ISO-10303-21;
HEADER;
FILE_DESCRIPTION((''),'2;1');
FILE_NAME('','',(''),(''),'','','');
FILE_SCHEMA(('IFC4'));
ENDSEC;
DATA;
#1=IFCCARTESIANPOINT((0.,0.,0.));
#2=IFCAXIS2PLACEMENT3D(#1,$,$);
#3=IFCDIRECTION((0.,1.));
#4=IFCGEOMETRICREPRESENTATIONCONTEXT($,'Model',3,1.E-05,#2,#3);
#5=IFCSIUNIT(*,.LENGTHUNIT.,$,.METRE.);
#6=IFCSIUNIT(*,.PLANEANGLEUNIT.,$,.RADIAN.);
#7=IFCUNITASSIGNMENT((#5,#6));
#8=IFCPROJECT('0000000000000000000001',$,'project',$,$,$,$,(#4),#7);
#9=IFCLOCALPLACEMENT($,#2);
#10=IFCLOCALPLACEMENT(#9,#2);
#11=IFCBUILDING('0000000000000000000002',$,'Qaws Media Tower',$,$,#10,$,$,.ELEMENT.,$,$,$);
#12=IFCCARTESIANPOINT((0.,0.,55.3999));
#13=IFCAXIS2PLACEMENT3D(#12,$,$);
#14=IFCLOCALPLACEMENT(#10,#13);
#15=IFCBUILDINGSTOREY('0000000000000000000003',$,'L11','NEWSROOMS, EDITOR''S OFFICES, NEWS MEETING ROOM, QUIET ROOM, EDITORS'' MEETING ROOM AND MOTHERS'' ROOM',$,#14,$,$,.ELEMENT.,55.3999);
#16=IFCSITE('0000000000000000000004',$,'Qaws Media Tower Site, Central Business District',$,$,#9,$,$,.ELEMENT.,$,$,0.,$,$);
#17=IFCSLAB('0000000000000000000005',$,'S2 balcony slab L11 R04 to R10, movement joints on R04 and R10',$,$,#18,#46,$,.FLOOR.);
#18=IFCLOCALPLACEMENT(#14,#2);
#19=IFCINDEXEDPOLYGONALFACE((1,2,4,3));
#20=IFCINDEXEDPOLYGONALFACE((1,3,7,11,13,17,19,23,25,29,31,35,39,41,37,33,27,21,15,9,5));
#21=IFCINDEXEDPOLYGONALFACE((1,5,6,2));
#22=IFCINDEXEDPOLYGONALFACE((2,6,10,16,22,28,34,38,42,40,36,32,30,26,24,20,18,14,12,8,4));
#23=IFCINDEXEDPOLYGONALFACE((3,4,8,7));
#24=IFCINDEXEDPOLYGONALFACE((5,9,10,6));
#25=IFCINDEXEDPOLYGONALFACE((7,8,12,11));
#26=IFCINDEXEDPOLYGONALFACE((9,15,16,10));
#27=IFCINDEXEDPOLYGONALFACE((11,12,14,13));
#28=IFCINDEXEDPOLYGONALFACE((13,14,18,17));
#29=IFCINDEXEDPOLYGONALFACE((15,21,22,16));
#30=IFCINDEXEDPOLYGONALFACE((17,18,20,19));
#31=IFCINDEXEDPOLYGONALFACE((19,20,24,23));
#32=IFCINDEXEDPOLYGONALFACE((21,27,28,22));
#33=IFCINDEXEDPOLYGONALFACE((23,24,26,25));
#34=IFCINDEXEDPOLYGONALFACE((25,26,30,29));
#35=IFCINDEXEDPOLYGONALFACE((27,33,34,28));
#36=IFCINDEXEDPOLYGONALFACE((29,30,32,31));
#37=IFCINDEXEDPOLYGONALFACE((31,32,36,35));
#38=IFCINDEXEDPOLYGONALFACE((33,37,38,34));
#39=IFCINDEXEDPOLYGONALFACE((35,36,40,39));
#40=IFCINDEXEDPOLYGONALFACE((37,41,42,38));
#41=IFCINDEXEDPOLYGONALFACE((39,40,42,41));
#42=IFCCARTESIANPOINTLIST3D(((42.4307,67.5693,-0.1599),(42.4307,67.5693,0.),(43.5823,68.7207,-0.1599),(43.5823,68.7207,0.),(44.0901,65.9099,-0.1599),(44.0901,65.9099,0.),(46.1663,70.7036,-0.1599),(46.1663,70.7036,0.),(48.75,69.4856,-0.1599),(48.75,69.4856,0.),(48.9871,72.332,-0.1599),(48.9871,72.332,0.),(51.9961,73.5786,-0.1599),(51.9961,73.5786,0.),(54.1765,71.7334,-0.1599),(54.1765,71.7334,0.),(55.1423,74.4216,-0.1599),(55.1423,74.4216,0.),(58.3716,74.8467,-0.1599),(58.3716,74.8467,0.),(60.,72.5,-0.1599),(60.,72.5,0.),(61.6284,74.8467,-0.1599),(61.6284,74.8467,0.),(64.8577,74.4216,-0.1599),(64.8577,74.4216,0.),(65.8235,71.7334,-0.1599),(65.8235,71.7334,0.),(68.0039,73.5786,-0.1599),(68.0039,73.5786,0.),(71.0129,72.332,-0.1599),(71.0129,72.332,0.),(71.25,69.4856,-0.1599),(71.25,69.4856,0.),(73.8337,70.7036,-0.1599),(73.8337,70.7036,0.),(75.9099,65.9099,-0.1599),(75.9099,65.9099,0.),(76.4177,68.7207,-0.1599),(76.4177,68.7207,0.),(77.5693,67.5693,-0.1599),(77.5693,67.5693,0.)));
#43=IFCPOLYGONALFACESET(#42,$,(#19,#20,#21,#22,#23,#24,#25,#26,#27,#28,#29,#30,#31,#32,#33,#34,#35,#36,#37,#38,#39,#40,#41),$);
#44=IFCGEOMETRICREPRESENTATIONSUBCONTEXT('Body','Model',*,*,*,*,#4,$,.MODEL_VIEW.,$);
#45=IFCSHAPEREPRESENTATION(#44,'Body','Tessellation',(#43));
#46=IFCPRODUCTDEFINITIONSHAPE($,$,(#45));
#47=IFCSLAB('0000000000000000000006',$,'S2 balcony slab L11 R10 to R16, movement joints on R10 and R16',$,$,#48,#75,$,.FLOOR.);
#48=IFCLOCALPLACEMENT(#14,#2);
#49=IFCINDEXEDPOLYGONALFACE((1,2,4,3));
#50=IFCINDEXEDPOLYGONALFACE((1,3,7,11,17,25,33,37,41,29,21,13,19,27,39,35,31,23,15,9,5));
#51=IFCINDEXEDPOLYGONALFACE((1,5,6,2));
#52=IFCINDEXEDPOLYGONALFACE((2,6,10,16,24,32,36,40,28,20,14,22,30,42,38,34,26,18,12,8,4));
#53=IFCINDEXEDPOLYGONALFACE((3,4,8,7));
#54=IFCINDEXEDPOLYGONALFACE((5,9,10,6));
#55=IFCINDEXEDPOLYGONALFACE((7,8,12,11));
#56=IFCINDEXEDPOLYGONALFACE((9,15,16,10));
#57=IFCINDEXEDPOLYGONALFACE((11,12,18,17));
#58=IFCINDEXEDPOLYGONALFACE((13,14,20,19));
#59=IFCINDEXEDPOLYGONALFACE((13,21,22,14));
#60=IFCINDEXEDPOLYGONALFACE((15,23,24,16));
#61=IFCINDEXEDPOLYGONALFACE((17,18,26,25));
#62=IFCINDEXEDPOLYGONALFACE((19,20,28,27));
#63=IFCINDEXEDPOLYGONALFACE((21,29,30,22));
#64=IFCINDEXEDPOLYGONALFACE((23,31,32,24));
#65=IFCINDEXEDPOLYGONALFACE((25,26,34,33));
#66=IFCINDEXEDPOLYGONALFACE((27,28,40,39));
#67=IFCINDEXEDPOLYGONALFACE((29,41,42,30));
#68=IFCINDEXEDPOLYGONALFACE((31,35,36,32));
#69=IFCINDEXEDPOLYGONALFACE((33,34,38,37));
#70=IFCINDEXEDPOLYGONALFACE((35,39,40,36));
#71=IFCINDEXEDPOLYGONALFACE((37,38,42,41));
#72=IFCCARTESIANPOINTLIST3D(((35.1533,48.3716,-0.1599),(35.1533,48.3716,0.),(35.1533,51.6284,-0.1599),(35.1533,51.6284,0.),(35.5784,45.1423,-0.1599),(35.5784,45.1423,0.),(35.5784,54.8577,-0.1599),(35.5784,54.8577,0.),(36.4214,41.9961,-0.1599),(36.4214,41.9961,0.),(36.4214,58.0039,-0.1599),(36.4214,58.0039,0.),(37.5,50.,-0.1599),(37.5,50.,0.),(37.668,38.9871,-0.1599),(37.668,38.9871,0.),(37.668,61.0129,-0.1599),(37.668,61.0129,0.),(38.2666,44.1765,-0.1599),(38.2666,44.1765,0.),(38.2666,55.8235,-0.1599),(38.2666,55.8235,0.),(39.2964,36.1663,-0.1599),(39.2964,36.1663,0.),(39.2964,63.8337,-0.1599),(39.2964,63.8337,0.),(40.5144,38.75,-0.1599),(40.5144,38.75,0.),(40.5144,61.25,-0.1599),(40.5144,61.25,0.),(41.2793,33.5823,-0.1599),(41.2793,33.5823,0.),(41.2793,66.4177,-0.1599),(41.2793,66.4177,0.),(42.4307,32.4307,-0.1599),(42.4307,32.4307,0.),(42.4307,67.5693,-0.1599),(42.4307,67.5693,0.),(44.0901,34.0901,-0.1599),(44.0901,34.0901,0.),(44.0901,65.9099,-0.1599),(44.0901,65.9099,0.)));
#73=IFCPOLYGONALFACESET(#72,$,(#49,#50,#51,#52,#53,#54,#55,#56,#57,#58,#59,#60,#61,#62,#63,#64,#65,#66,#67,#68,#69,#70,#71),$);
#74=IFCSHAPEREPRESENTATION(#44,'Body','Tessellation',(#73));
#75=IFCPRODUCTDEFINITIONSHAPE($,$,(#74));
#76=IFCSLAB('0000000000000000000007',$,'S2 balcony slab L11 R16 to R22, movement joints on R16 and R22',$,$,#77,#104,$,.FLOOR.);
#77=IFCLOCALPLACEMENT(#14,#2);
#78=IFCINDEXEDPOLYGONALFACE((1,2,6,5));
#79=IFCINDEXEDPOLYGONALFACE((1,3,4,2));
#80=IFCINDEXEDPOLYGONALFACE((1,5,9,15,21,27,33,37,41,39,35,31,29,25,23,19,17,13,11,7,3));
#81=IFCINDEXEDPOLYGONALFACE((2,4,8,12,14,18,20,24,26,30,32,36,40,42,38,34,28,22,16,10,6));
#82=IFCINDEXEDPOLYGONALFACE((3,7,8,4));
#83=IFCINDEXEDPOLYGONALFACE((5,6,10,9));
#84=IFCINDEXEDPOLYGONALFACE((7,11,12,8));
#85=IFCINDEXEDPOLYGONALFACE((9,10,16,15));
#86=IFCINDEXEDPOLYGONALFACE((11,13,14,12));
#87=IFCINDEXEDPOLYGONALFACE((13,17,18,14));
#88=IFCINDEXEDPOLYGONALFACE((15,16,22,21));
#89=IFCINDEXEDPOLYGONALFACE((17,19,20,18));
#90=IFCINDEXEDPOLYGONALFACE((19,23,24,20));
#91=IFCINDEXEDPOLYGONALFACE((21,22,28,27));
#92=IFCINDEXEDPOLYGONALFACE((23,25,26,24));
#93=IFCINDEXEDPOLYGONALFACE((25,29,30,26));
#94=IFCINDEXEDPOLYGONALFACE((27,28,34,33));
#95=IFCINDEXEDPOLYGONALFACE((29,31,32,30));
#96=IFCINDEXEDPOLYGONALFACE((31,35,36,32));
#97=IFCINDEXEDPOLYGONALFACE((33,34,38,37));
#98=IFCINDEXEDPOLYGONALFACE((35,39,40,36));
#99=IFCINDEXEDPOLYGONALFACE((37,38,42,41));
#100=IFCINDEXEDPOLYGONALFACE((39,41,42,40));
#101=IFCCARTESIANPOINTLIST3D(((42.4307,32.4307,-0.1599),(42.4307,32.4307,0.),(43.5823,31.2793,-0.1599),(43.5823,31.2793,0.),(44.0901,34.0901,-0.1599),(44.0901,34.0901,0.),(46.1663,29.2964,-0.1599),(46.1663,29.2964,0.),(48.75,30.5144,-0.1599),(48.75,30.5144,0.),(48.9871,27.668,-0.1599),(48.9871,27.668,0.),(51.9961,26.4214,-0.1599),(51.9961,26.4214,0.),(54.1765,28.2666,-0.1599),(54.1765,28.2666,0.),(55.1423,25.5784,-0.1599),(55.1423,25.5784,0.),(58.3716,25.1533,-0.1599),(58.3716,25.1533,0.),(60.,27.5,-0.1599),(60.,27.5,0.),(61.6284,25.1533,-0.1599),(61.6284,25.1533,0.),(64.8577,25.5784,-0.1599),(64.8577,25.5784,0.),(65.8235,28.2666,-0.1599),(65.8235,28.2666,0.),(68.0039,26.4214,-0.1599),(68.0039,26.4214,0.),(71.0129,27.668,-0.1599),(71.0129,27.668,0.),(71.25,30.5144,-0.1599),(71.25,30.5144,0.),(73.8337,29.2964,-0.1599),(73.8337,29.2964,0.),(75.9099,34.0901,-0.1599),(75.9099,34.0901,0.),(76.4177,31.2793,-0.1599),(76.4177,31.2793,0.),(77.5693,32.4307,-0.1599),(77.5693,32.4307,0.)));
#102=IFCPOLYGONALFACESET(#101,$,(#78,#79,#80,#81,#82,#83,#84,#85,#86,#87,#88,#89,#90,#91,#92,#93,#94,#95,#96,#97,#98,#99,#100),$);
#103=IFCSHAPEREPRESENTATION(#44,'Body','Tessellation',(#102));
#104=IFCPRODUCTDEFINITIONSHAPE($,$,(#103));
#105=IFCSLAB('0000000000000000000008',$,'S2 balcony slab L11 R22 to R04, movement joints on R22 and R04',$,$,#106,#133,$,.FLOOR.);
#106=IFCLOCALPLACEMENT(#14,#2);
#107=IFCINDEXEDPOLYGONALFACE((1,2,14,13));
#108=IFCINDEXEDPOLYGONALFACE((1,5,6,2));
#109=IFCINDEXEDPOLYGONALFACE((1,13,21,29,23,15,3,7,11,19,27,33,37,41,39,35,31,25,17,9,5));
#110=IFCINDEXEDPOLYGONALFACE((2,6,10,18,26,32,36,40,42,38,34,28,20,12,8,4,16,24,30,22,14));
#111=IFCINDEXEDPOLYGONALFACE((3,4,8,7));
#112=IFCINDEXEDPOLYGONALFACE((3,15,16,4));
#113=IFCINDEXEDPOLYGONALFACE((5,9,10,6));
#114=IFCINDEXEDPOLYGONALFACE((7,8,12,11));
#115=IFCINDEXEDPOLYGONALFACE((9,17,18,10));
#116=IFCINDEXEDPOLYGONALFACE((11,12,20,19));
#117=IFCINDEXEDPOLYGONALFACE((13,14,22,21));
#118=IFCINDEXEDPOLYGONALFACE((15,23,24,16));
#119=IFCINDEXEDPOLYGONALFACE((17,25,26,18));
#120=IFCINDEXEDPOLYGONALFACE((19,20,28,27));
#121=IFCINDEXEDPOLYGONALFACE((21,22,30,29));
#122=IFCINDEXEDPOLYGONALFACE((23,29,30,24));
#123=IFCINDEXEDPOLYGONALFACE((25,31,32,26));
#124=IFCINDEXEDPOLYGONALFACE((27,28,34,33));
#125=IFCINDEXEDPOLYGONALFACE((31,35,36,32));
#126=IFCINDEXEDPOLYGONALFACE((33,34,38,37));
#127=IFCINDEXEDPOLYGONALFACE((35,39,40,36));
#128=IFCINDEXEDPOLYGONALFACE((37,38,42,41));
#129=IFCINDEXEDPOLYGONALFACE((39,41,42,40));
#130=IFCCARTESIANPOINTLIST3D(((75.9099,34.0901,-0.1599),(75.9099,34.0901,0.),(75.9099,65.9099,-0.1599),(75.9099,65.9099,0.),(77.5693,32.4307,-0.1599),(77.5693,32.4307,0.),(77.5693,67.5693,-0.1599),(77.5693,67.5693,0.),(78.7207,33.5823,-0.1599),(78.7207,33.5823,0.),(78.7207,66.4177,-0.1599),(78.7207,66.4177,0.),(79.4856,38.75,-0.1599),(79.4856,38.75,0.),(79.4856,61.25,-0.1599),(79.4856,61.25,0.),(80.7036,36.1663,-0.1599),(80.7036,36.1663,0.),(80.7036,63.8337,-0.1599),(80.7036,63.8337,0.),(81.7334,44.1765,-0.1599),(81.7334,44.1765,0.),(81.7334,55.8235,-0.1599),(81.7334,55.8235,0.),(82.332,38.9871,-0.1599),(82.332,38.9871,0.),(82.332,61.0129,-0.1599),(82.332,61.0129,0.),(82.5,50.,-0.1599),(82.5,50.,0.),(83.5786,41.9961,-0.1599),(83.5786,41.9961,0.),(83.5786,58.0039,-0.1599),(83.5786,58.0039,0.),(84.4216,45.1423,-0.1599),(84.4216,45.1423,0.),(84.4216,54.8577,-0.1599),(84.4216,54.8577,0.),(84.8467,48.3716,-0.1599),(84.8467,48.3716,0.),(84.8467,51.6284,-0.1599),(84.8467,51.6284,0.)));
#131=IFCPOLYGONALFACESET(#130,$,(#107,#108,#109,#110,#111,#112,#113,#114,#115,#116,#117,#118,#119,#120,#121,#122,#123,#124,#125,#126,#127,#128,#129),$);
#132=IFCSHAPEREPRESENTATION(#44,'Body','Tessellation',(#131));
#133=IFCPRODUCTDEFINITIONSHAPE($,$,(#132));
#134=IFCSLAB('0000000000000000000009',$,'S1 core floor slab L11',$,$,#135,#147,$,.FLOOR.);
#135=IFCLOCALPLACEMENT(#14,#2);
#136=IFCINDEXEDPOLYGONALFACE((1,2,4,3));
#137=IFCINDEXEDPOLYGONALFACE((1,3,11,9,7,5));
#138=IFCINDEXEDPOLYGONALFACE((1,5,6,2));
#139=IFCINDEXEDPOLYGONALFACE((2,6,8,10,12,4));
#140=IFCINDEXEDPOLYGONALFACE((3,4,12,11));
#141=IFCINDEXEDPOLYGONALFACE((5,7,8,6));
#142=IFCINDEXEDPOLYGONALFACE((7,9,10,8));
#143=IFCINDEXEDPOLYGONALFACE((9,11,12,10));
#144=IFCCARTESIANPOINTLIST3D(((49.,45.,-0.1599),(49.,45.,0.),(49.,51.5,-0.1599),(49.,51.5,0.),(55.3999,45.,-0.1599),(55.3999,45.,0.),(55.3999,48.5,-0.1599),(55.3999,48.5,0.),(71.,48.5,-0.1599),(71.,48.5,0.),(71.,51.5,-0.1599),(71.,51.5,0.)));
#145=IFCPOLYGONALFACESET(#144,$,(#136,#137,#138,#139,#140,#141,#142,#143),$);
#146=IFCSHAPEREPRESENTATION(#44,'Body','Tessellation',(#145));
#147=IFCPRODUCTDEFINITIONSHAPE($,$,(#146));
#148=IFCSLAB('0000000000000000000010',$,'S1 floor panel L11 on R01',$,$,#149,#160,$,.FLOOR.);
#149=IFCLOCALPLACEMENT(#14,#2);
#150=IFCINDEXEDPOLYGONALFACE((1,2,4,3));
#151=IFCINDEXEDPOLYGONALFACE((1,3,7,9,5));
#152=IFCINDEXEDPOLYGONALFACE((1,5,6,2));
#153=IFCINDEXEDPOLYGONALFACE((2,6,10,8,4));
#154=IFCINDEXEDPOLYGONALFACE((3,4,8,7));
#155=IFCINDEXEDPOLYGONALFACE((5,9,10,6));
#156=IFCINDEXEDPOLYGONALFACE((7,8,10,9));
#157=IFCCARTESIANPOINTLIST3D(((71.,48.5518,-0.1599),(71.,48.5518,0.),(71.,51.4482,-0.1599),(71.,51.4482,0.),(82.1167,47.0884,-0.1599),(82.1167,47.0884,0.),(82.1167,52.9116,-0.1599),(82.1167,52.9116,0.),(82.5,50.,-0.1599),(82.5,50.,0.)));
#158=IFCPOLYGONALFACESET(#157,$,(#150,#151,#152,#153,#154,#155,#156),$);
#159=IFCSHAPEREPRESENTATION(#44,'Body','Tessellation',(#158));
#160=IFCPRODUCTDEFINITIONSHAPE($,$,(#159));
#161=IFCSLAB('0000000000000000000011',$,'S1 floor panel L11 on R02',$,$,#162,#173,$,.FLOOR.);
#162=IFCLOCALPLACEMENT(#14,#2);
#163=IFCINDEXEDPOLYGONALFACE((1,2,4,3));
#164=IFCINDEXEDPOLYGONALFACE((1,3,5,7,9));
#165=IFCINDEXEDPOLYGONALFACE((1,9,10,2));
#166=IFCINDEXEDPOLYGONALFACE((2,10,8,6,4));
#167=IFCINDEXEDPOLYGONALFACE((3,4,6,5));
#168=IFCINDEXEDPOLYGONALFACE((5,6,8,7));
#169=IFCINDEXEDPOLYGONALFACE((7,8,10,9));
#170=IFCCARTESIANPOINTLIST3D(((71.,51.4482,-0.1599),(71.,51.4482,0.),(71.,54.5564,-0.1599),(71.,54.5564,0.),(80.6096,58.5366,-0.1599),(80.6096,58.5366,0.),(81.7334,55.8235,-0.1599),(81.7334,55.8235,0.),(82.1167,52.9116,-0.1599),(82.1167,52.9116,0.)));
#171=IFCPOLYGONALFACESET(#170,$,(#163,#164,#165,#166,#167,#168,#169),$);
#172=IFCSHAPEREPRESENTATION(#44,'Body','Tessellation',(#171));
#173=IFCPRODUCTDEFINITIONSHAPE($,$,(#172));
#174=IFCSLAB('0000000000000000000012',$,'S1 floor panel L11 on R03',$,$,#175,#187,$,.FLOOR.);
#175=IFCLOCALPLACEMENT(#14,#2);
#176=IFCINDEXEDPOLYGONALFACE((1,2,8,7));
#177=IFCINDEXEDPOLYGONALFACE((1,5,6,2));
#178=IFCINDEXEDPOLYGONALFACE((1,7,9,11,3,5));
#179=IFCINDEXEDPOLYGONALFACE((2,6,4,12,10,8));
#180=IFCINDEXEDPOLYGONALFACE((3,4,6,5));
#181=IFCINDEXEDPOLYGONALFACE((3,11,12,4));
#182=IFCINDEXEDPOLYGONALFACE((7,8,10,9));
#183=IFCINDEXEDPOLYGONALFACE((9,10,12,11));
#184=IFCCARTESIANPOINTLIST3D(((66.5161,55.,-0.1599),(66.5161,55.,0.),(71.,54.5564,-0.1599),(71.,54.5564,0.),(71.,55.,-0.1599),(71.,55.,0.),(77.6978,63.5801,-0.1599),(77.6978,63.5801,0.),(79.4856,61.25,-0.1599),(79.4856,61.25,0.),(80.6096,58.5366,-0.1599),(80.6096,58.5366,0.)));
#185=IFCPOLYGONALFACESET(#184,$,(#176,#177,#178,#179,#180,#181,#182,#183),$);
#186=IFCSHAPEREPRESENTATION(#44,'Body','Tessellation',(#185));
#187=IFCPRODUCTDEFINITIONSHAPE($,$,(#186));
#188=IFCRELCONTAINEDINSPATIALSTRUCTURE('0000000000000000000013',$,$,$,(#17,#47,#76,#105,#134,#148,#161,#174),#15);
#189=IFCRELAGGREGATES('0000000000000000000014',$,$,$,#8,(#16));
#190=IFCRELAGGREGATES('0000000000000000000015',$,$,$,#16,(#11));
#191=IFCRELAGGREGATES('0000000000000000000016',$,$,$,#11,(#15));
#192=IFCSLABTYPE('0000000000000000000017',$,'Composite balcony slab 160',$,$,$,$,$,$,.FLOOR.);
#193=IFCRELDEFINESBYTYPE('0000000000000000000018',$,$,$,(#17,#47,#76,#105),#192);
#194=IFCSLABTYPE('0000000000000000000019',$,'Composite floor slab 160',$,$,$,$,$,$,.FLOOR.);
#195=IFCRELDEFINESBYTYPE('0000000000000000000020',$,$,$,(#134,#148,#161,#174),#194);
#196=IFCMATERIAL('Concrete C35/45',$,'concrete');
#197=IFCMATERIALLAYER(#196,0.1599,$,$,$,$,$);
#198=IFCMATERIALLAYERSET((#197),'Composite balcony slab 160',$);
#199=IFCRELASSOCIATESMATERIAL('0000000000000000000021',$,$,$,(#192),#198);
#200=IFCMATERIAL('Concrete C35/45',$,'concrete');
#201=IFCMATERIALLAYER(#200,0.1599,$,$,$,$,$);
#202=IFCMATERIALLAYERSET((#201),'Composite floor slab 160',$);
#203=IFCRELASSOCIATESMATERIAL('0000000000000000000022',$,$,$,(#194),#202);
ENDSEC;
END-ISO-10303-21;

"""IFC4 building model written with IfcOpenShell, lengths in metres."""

from ifc_helpers import new_model, si_unit, direction, frame, origin, place, context, subcontext, project, spatial, polyline, outline, extrude, material, layer, layer_set, type_object, element, save


model = new_model("IFC4")

# Units and contexts
model_context = context("Model", 3, precision=1e-05, world=origin(), true_north=direction((0.0, 1.0)))
body_context = subcontext(model_context, "Body", "Model", "MODEL_VIEW")
ifc_project = project(units=[si_unit("LENGTHUNIT", "METRE"), si_unit("PLANEANGLEUNIT", "RADIAN")], contexts=[model_context])

# Site, building, storey
site_placement = place(None, origin())
site = spatial("IfcSite", under=ifc_project, at=site_placement, Name="Qaws Media Tower Site, Central Business District", CompositionType="ELEMENT", RefElevation=0.0)
building_placement = place(site_placement, origin())
building = spatial("IfcBuilding", under=site, at=building_placement, Name="Qaws Media Tower", CompositionType="ELEMENT")
storey_placement = place(building_placement, frame((0.0, 0.0, 55.3999)))
storey = spatial("IfcBuildingStorey", under=building, at=storey_placement, Name="L11", Description="NEWSROOMS, EDITOR'S OFFICES, NEWS MEETING ROOM, QUIET ROOM, EDITORS' MEETING ROOM AND MOTHERS' ROOM", CompositionType="ELEMENT", Elevation=55.3999)

# Slabs
ifc_material_1 = material(Name="Concrete C35/45", Category="concrete")
ifc_layer_1 = layer(ifc_material_1, 0.1599)
ifc_layer_set_1 = layer_set([ifc_layer_1], Name="Composite balcony slab 160")
slab_type_1 = type_object("IfcSlabType", Name="Composite balcony slab 160", PredefinedType="FLOOR", material=ifc_layer_set_1)
slab_1_placement = place(storey_placement, frame((0.0, 0.0, -0.1599)))
element("IfcSlab", 1, at=slab_1_placement, inside=storey, type_object=slab_type_1, Name="S2 balcony slab L11 R04 to R10, movement joints on R04 and R10", PredefinedType="FLOOR", context=body_context, shape_type="SweptSolid", body=[
    extrude(outline(polyline([(43.5823, 68.7207), (46.1663, 70.7036), (48.9871, 72.332), (51.9961, 73.5786), (55.1423, 74.4216), (58.3716, 74.8467), (61.6284, 74.8467), (64.8577, 74.4216), (68.0039, 73.5786), (71.0129, 72.332), (73.8337, 70.7036), (76.4177, 68.7207), (77.5693, 67.5693), (75.9099, 65.9099), (71.25, 69.4856), (65.8235, 71.7334), (60.0, 72.5), (54.1765, 71.7334), (48.75, 69.4856), (44.0901, 65.9099), (42.4307, 67.5693), (43.5823, 68.7207)])), origin(), (0.0, 0.0, 1.0), 0.1599),
])
slab_2_placement = place(storey_placement, frame((0.0, 0.0, -0.1599)))
element("IfcSlab", 2, at=slab_2_placement, inside=storey, type_object=slab_type_1, Name="S2 balcony slab L11 R10 to R16, movement joints on R10 and R16", PredefinedType="FLOOR", context=body_context, shape_type="SweptSolid", body=[
    extrude(outline(polyline([(41.2793, 33.5823), (39.2964, 36.1663), (37.668, 38.9871), (36.4214, 41.9961), (35.5784, 45.1423), (35.1533, 48.3716), (35.1533, 51.6284), (35.5784, 54.8577), (36.4214, 58.0039), (37.668, 61.0129), (39.2964, 63.8337), (41.2793, 66.4177), (42.4307, 67.5693), (44.0901, 65.9099), (40.5144, 61.25), (38.2666, 55.8235), (37.5, 50.0), (38.2666, 44.1765), (40.5144, 38.75), (44.0901, 34.0901), (42.4307, 32.4307), (41.2793, 33.5823)])), origin(), (0.0, 0.0, 1.0), 0.1599),
])
slab_3_placement = place(storey_placement, frame((0.0, 0.0, -0.1599)))
element("IfcSlab", 3, at=slab_3_placement, inside=storey, type_object=slab_type_1, Name="S2 balcony slab L11 R16 to R22, movement joints on R16 and R22", PredefinedType="FLOOR", context=body_context, shape_type="SweptSolid", body=[
    extrude(outline(polyline([(76.4177, 31.2793), (73.8337, 29.2964), (71.0129, 27.668), (68.0039, 26.4214), (64.8577, 25.5784), (61.6284, 25.1533), (58.3716, 25.1533), (55.1423, 25.5784), (51.9961, 26.4214), (48.9871, 27.668), (46.1663, 29.2964), (43.5823, 31.2793), (42.4307, 32.4307), (44.0901, 34.0901), (48.75, 30.5144), (54.1765, 28.2666), (60.0, 27.5), (65.8235, 28.2666), (71.25, 30.5144), (75.9099, 34.0901), (77.5693, 32.4307), (76.4177, 31.2793)])), origin(), (0.0, 0.0, 1.0), 0.1599),
])
slab_4_placement = place(storey_placement, frame((0.0, 0.0, -0.1599)))
element("IfcSlab", 4, at=slab_4_placement, inside=storey, type_object=slab_type_1, Name="S2 balcony slab L11 R22 to R04, movement joints on R22 and R04", PredefinedType="FLOOR", context=body_context, shape_type="SweptSolid", body=[
    extrude(outline(polyline([(84.4216, 45.1423), (83.5786, 41.9961), (82.332, 38.9871), (80.7036, 36.1663), (78.7207, 33.5823), (77.5693, 32.4307), (75.9099, 34.0901), (79.4856, 38.75), (81.7334, 44.1765), (82.5, 50.0), (81.7334, 55.8235), (79.4856, 61.25), (75.9099, 65.9099), (77.5693, 67.5693), (78.7207, 66.4177), (80.7036, 63.8337), (82.332, 61.0129), (83.5786, 58.0039), (84.4216, 54.8577), (84.8467, 51.6284), (84.8467, 48.3716), (84.4216, 45.1423)])), origin(), (0.0, 0.0, 1.0), 0.1599),
])
ifc_material_2 = material(Name="Concrete C35/45", Category="concrete")
ifc_layer_2 = layer(ifc_material_2, 0.1599)
ifc_layer_set_2 = layer_set([ifc_layer_2], Name="Composite floor slab 160")
slab_type_2 = type_object("IfcSlabType", Name="Composite floor slab 160", PredefinedType="FLOOR", material=ifc_layer_set_2)
slab_5_placement = place(storey_placement, frame((0.0, 0.0, -0.1599)))
element("IfcSlab", 5, at=slab_5_placement, inside=storey, type_object=slab_type_2, Name="S1 core floor slab L11", PredefinedType="FLOOR", context=body_context, shape_type="SweptSolid", body=[
    extrude(outline(polyline([(71.0, 51.5), (71.0, 48.5), (55.3999, 48.5), (55.3999, 45.0), (49.0, 45.0), (49.0, 51.5), (71.0, 51.5)])), origin(), (0.0, 0.0, 1.0), 0.1599),
])
slab_6_placement = place(storey_placement, frame((0.0, 0.0, -0.1599)))
element("IfcSlab", 6, at=slab_6_placement, inside=storey, type_object=slab_type_2, Name="S1 floor panel L11 on R01", PredefinedType="FLOOR", context=body_context, shape_type="SweptSolid", body=[
    extrude(outline(polyline([(82.5, 50.0), (82.1167, 47.0884), (71.0, 48.5518), (71.0, 51.4482), (82.1167, 52.9116), (82.5, 50.0)])), origin(), (0.0, 0.0, 1.0), 0.1599),
])
slab_7_placement = place(storey_placement, frame((0.0, 0.0, -0.1599)))
element("IfcSlab", 7, at=slab_7_placement, inside=storey, type_object=slab_type_2, Name="S1 floor panel L11 on R02", PredefinedType="FLOOR", context=body_context, shape_type="SweptSolid", body=[
    extrude(outline(polyline([(81.7334, 55.8235), (82.1167, 52.9116), (71.0, 51.4482), (71.0, 54.5564), (80.6096, 58.5366), (81.7334, 55.8235)])), origin(), (0.0, 0.0, 1.0), 0.1599),
])
slab_8_placement = place(storey_placement, frame((0.0, 0.0, -0.1599)))
element("IfcSlab", 8, at=slab_8_placement, inside=storey, type_object=slab_type_2, Name="S1 floor panel L11 on R03", PredefinedType="FLOOR", context=body_context, shape_type="SweptSolid", body=[
    extrude(outline(polyline([(79.4856, 61.25), (80.6096, 58.5366), (71.0, 54.5564), (71.0, 55.0), (66.5161, 55.0), (77.6978, 63.5801), (79.4856, 61.25)])), origin(), (0.0, 0.0, 1.0), 0.1599),
])

save(model, "model.ifc")
